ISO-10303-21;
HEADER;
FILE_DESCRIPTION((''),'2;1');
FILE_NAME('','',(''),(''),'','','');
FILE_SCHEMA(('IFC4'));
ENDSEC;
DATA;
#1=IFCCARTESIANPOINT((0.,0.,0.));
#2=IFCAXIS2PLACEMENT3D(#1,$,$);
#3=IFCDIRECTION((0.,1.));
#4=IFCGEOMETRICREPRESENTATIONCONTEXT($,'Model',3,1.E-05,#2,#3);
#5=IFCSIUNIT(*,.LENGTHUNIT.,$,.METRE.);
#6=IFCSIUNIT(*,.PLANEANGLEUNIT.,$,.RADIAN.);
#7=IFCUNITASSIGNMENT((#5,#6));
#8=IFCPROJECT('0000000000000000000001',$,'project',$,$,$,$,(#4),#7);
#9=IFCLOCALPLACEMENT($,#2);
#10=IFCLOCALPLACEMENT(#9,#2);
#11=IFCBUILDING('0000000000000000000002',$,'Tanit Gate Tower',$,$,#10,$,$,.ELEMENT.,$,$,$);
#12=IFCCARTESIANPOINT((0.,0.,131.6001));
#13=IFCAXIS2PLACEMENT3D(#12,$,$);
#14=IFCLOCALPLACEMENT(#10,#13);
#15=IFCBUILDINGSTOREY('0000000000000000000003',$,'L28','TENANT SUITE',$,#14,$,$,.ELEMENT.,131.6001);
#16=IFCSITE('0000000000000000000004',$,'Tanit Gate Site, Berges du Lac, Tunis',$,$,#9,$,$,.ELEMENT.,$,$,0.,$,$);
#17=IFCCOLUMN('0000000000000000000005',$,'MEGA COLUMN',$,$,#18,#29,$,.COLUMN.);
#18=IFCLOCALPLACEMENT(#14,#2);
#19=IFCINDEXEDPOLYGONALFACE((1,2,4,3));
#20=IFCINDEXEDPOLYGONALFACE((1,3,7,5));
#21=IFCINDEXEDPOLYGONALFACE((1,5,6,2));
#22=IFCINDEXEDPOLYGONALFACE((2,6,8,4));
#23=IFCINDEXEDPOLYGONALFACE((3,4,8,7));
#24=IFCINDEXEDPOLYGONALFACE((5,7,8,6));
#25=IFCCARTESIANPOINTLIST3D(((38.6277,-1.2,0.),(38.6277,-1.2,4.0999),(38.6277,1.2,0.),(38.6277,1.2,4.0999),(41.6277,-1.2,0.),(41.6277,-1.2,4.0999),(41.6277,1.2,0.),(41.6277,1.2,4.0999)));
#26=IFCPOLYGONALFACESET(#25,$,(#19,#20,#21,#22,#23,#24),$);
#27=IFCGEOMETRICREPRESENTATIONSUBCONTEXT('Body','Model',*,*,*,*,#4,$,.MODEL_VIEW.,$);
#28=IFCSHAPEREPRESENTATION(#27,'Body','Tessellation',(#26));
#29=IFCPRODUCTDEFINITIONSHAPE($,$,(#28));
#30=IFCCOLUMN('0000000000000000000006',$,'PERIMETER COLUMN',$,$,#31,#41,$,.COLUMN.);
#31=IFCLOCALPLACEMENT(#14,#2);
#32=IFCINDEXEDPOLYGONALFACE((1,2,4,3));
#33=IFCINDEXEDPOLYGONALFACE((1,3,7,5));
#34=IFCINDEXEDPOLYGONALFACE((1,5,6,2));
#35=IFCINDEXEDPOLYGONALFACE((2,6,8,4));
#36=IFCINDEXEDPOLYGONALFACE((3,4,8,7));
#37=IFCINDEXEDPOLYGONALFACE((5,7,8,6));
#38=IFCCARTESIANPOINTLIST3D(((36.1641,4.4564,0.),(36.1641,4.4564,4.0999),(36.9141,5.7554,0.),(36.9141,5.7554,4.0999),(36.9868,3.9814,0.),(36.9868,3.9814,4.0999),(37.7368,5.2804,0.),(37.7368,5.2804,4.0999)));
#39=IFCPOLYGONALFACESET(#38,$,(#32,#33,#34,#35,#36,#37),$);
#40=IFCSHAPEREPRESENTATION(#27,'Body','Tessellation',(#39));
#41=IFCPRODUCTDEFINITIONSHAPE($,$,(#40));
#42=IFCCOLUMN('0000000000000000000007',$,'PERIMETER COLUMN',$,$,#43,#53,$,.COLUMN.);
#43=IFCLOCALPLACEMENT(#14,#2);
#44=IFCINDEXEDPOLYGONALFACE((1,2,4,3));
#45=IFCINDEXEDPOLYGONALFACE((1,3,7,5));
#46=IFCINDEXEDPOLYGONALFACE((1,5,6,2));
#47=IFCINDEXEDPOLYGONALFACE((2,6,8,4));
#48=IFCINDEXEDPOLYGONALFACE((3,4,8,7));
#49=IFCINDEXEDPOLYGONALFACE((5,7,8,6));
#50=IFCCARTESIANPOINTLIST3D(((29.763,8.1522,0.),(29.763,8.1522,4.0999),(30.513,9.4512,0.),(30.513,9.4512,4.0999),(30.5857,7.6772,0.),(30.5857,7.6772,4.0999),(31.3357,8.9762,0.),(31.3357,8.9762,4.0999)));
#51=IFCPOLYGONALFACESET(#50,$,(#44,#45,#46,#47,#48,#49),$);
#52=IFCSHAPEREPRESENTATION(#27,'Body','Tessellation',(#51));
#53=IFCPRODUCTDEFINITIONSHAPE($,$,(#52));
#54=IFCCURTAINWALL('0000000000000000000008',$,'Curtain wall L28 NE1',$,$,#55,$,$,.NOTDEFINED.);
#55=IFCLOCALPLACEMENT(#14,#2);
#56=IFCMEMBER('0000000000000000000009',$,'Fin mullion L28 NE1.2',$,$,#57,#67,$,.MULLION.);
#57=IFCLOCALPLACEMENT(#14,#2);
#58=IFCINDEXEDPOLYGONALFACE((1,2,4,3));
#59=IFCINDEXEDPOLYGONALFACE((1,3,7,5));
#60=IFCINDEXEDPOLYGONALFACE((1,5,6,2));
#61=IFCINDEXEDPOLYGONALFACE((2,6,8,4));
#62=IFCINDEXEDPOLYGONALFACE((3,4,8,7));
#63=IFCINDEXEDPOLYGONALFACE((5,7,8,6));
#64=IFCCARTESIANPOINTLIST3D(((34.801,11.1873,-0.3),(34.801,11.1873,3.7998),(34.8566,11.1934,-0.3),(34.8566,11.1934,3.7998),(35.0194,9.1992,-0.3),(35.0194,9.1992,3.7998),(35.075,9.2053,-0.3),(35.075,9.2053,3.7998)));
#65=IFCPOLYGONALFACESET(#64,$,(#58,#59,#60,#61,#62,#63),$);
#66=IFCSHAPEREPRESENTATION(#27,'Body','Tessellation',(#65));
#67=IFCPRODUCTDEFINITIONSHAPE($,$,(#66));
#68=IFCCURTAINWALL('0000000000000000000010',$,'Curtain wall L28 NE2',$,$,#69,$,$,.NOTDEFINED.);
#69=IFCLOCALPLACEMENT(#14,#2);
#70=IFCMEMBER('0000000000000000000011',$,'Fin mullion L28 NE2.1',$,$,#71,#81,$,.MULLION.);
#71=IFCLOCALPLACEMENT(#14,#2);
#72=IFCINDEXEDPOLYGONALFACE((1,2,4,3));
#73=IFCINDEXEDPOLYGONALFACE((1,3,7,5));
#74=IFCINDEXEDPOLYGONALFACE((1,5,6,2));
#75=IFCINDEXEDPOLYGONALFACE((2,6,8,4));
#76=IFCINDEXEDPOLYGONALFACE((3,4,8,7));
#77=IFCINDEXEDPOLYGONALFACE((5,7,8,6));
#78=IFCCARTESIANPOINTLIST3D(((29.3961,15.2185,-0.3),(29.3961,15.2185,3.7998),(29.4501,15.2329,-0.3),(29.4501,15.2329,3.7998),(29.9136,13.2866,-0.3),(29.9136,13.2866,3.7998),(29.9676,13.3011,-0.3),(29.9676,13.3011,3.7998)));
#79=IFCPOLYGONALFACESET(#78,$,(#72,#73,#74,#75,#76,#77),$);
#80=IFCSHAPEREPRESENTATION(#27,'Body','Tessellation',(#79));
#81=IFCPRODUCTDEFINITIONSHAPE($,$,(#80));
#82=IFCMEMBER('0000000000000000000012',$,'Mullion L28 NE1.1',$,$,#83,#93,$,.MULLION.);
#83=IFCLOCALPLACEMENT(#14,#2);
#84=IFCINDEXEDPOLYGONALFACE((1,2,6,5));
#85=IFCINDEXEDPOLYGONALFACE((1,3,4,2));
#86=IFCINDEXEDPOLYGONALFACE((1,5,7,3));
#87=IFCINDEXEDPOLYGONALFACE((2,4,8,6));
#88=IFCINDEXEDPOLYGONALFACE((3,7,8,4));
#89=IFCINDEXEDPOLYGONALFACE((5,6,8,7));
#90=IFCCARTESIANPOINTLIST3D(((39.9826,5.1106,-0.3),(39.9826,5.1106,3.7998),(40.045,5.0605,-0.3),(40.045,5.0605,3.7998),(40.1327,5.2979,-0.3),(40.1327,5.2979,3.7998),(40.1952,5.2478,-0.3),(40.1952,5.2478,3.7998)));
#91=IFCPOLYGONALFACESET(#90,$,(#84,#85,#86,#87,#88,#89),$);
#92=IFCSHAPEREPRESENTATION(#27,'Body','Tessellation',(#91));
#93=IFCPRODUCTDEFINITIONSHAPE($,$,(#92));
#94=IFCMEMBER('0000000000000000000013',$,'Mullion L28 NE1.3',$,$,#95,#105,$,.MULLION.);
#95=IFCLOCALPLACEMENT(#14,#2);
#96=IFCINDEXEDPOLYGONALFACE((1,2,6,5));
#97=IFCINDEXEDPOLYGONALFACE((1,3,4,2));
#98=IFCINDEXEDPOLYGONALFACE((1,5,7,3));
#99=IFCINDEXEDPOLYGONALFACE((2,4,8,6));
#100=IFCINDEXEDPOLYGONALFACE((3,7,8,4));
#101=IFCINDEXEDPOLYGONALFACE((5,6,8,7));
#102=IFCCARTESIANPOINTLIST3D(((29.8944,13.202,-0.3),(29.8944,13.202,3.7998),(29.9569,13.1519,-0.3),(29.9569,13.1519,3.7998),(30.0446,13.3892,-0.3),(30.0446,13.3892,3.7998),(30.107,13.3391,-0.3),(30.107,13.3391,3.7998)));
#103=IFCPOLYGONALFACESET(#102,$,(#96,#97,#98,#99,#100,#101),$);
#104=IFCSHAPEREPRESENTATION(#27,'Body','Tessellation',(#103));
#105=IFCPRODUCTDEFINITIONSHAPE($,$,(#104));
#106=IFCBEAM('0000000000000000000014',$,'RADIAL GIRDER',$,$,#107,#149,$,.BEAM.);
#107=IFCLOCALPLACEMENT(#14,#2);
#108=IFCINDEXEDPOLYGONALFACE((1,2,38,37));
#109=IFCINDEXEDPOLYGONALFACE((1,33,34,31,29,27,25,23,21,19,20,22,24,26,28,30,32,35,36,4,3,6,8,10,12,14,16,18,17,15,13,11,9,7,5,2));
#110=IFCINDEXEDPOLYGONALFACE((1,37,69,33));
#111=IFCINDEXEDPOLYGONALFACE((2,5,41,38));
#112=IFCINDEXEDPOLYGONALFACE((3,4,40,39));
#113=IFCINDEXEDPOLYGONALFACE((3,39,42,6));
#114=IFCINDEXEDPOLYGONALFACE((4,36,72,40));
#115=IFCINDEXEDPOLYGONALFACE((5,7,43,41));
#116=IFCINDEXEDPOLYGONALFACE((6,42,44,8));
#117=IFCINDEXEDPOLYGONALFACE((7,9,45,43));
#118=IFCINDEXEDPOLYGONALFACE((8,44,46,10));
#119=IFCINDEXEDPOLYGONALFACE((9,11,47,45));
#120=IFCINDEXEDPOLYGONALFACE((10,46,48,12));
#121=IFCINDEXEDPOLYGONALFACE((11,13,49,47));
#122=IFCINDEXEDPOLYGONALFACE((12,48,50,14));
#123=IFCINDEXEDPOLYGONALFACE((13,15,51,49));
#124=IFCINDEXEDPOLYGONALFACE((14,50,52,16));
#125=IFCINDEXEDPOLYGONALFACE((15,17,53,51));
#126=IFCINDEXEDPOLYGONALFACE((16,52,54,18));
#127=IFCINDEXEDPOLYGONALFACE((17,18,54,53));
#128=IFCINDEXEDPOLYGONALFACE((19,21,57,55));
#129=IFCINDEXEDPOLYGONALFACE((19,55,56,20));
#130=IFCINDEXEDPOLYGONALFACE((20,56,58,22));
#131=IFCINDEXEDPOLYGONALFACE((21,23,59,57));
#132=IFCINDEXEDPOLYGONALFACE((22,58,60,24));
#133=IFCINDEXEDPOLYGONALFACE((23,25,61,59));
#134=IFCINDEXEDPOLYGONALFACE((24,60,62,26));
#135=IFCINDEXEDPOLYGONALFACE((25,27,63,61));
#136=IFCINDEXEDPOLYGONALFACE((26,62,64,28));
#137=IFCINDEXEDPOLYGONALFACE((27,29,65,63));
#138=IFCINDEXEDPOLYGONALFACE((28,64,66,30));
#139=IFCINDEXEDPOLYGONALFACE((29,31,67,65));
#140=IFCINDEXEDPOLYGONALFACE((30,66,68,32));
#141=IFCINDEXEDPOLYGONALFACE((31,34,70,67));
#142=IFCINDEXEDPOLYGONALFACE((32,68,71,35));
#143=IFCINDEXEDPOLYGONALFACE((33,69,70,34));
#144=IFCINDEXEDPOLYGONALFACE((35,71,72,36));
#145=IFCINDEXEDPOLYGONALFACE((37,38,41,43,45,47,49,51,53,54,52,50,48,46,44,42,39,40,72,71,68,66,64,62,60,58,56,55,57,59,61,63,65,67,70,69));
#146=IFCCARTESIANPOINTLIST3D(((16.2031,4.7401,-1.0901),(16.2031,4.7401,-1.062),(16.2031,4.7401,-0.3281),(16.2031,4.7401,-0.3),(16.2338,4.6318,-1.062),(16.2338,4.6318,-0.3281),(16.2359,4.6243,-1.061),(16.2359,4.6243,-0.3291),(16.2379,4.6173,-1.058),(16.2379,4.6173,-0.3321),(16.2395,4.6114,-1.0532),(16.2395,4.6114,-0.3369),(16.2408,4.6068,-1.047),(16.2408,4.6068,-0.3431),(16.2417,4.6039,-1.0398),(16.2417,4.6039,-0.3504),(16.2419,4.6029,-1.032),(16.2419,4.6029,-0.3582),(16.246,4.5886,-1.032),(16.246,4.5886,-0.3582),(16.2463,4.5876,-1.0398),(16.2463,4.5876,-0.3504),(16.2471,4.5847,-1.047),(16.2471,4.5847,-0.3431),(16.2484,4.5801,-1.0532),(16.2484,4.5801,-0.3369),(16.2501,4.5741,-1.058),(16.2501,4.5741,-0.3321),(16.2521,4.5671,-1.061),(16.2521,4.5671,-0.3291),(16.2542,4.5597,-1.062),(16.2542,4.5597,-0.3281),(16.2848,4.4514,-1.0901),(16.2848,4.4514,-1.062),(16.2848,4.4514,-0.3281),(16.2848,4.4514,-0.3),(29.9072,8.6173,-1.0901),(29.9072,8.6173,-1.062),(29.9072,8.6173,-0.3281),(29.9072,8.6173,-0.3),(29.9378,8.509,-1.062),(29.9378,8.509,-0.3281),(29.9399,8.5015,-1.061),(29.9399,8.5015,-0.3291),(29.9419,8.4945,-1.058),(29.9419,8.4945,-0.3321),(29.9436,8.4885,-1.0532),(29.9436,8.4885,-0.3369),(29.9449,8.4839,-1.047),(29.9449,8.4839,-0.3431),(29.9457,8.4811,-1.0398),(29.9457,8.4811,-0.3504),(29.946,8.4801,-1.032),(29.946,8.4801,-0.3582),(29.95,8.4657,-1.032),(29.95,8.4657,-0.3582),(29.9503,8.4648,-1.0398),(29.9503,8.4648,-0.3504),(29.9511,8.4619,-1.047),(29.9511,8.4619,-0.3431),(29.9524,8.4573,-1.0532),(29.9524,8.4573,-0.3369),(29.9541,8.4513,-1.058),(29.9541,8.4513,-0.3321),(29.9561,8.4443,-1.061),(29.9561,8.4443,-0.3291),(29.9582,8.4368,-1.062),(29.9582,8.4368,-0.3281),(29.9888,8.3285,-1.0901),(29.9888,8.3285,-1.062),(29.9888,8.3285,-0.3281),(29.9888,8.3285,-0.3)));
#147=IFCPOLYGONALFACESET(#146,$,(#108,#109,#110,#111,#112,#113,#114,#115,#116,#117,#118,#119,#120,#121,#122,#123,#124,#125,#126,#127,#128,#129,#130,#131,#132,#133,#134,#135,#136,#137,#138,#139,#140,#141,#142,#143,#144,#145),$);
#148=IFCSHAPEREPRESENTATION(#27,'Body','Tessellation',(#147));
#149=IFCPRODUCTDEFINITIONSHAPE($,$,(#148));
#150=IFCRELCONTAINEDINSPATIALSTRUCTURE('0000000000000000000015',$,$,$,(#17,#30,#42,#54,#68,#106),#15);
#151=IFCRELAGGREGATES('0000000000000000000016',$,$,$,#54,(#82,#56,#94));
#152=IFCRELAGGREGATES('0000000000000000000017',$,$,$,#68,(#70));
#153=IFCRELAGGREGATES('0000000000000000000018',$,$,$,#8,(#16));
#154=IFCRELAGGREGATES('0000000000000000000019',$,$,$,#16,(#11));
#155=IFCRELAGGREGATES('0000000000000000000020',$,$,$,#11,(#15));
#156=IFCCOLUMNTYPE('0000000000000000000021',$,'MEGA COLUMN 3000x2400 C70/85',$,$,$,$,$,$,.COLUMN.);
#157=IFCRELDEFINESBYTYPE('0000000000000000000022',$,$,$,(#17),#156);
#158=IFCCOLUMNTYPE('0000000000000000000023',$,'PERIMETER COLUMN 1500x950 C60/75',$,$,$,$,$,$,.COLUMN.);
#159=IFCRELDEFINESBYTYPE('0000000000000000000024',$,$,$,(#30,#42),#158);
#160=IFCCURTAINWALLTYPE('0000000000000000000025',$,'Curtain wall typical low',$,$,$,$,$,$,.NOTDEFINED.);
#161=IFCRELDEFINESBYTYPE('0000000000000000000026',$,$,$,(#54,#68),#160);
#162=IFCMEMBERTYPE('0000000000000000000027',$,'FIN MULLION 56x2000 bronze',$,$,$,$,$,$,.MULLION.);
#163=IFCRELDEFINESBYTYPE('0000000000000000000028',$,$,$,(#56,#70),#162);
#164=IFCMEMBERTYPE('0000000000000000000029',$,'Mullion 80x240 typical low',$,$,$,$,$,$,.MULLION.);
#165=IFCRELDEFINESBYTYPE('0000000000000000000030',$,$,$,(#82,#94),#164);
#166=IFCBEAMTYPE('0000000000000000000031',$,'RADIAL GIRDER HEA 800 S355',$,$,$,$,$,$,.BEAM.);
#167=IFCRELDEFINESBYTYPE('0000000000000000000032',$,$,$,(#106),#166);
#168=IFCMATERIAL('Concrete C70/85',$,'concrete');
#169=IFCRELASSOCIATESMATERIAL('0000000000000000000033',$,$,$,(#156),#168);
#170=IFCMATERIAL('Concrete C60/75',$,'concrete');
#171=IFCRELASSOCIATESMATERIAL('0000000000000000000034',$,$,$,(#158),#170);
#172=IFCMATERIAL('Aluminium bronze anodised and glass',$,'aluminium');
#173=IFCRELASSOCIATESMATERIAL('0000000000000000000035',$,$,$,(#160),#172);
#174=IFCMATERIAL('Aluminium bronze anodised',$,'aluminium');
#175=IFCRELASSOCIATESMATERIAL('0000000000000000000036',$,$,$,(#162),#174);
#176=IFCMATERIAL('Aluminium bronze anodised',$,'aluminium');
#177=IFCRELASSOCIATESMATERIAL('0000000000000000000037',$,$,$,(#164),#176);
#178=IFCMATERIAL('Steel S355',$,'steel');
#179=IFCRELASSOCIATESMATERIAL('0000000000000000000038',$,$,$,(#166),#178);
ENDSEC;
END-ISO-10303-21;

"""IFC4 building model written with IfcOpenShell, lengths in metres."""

from ifc_helpers import new_model, si_unit, direction, frame, origin, origin_2d, place, context, subcontext, project, spatial, rectangle, i_section, extrude, material, material_profile, profile_set, type_object, element, aggregate, save


model = new_model("IFC4")

# Units and contexts
model_context = context("Model", 3, precision=1e-05, world=origin(), true_north=direction((0.0, 1.0)))
body_context = subcontext(model_context, "Body", "Model", "MODEL_VIEW")
ifc_project = project(units=[si_unit("LENGTHUNIT", "METRE"), si_unit("PLANEANGLEUNIT", "RADIAN")], contexts=[model_context])

# Site, building, storey
site_placement = place(None, origin())
site = spatial("IfcSite", under=ifc_project, at=site_placement, Name="Tanit Gate Site, Berges du Lac, Tunis", CompositionType="ELEMENT", RefElevation=0.0)
building_placement = place(site_placement, origin())
building = spatial("IfcBuilding", under=site, at=building_placement, Name="Tanit Gate Tower", CompositionType="ELEMENT")
storey_placement = place(building_placement, frame((0.0, 0.0, 131.6001)))
storey = spatial("IfcBuildingStorey", under=building, at=storey_placement, Name="L28", Description="TENANT SUITE", CompositionType="ELEMENT", Elevation=131.6001)

# Columns
ifc_material_1 = material(Name="Concrete C70/85", Category="concrete")
ifc_material_profile_1 = material_profile(ifc_material_1, rectangle(XDim=3.0, YDim=2.3999, at=origin_2d()), Name="RC 3000x2400")
ifc_profile_set_1 = profile_set([ifc_material_profile_1], Name="Concrete C70/85")
column_type_1 = type_object("IfcColumnType", Name="MEGA COLUMN 3000x2400 C70/85", PredefinedType="COLUMN", material=ifc_profile_set_1)
column_placement = place(storey_placement, frame((40.1277, 0.0, 0.0), z_axis=(0.0, 0.0, 1.0), x_axis=(1.0, 0.0, 0.0)))
element("IfcColumn", 1, at=column_placement, inside=storey, type_object=column_type_1, Name="MEGA COLUMN", PredefinedType="COLUMN", context=body_context, shape_type="SweptSolid", body=[
    extrude(rectangle(XDim=3.0, YDim=2.3999, at=origin_2d()), origin(), (0.0, 0.0, 1.0), 4.0999),
])
ifc_material_2 = material(Name="Concrete C60/75", Category="concrete")
ifc_material_profile_2 = material_profile(ifc_material_2, rectangle(XDim=1.5, YDim=0.95, at=origin_2d()), Name="RC 1500x950")
ifc_profile_set_2 = profile_set([ifc_material_profile_2], Name="Concrete C60/75")
column_type_2 = type_object("IfcColumnType", Name="PERIMETER COLUMN 1500x950 C60/75", PredefinedType="COLUMN", material=ifc_profile_set_2)
for number, where, z_axis, x_axis, name in (
    (2, (36.9504, 4.8684, 0.0), (0.0, 0.0, 1.0), (0.5, 0.866025, 0.0), "PERIMETER COLUMN"),
    (3, (30.5493, 8.5642, 0.0), (0.0, 0.0, 1.0), (0.5, 0.866025, 0.0), "PERIMETER COLUMN"),
):
    element("IfcColumn", number, at=place(storey_placement, frame(where, z_axis=z_axis, x_axis=x_axis)), inside=storey, type_object=column_type_2, Name=name, PredefinedType="COLUMN", context=body_context, shape_type="SweptSolid", body=[
        extrude(rectangle(XDim=1.5, YDim=0.95, at=origin_2d()), origin(), (0.0, 0.0, 1.0), 4.0999),
    ])

# Curtain walls, members
ifc_material_3 = material(Name="Aluminium bronze anodised and glass", Category="aluminium")
curtain_wall_type = type_object("IfcCurtainWallType", Name="Curtain wall typical low", PredefinedType="NOTDEFINED", material=ifc_material_3)
curtain_wall_1_placement = place(storey_placement, origin())
curtain_wall_1 = element("IfcCurtainWall", 4, at=curtain_wall_1_placement, inside=storey, type_object=curtain_wall_type, Name="Curtain wall L28 NE1", PredefinedType="NOTDEFINED")
ifc_material_4 = material(Name="Aluminium bronze anodised", Category="aluminium")
ifc_material_profile_3 = material_profile(ifc_material_4, rectangle(XDim=2.0, YDim=0.0559, at=origin_2d()), Name="56x2000 bronze fin mullion")
ifc_profile_set_3 = profile_set([ifc_material_profile_3], Name="Aluminium bronze anodised")
member_type_1 = type_object("IfcMemberType", Name="FIN MULLION 56x2000 bronze", PredefinedType="MULLION", material=ifc_profile_set_3)
member_1_placement = place(storey_placement, frame((34.938, 10.1963, -0.3), z_axis=(0.0, 0.0, 1.0), x_axis=(0.109185, -0.994021, 0.0)))
member_1 = element("IfcMember", 5, at=member_1_placement, type_object=member_type_1, Name="Fin mullion L28 NE1.2", PredefinedType="MULLION", context=body_context, shape_type="SweptSolid", body=[
    extrude(rectangle(XDim=2.0, YDim=0.0559, at=origin_2d()), origin(), (0.0, 0.0, 1.0), 4.0999),
])
curtain_wall_2_placement = place(storey_placement, origin())
curtain_wall_2 = element("IfcCurtainWall", 6, at=curtain_wall_2_placement, inside=storey, type_object=curtain_wall_type, Name="Curtain wall L28 NE2", PredefinedType="NOTDEFINED")
member_2_placement = place(storey_placement, frame((29.6819, 14.2598, -0.3), z_axis=(0.0, 0.0, 1.0), x_axis=(0.258752, -0.965944, 0.0)))
member_2 = element("IfcMember", 7, at=member_2_placement, type_object=member_type_1, Name="Fin mullion L28 NE2.1", PredefinedType="MULLION", context=body_context, shape_type="SweptSolid", body=[
    extrude(rectangle(XDim=2.0, YDim=0.0559, at=origin_2d()), origin(), (0.0, 0.0, 1.0), 4.0999),
])

# Members
ifc_material_5 = material(Name="Aluminium bronze anodised", Category="aluminium")
ifc_material_profile_4 = material_profile(ifc_material_5, rectangle(XDim=0.24, YDim=0.0801, at=origin_2d()), Name="80x240 bronze mullion")
ifc_profile_set_4 = profile_set([ifc_material_profile_4], Name="Aluminium bronze anodised")
member_type_2 = type_object("IfcMemberType", Name="Mullion 80x240 typical low", PredefinedType="MULLION", material=ifc_profile_set_4)
member_3_placement = place(storey_placement, frame((40.0889, 5.1792, -0.3), z_axis=(0.0, 0.0, 1.0), x_axis=(-0.625674, -0.780085, 0.0)))
member_3 = element("IfcMember", 8, at=member_3_placement, type_object=member_type_2, Name="Mullion L28 NE1.1", PredefinedType="MULLION", context=body_context, shape_type="SweptSolid", body=[
    extrude(rectangle(XDim=0.24, YDim=0.0801, at=origin_2d()), origin(), (0.0, 0.0, 1.0), 4.0999),
])
member_4_placement = place(storey_placement, frame((30.0007, 13.2705, -0.3), z_axis=(0.0, 0.0, 1.0), x_axis=(-0.625674, -0.780085, 0.0)))
member_4 = element("IfcMember", 9, at=member_4_placement, type_object=member_type_2, Name="Mullion L28 NE1.3", PredefinedType="MULLION", context=body_context, shape_type="SweptSolid", body=[
    extrude(rectangle(XDim=0.24, YDim=0.0801, at=origin_2d()), origin(), (0.0, 0.0, 1.0), 4.0999),
])

# Beam
ifc_material_6 = material(Name="Steel S355", Category="steel")
ifc_material_profile_5 = material_profile(ifc_material_6, i_section(OverallWidth=0.3, OverallDepth=0.79, WebThickness=0.0149, FlangeThickness=0.0281, FilletRadius=0.03, at=origin_2d()), Name="HEA 800")
ifc_profile_set_5 = profile_set([ifc_material_profile_5], Name="Steel S355")
beam_type_1 = type_object("IfcBeamType", Name="RADIAL GIRDER HEA 800 S355", PredefinedType="BEAM", material=ifc_profile_set_5)
beam_1_placement = place(storey_placement, frame((29.948, 8.4729, -0.6951), z_axis=(-0.96223, -0.272237, 0.0), x_axis=(0.272237, -0.96223, 0.0)))
element("IfcBeam", 10, at=beam_1_placement, inside=storey, type_object=beam_type_1, Name="RADIAL GIRDER", PredefinedType="BEAM", context=body_context, shape_type="SweptSolid", body=[
    extrude(i_section(OverallWidth=0.3, OverallDepth=0.79, WebThickness=0.0149, FlangeThickness=0.0281, FilletRadius=0.03, at=origin_2d()), origin(), (0.0, 0.0, 1.0), 14.2419),
])

aggregate(curtain_wall_1, [member_3, member_1, member_4])
aggregate(curtain_wall_2, [member_2])

save(model, "model.ifc")
